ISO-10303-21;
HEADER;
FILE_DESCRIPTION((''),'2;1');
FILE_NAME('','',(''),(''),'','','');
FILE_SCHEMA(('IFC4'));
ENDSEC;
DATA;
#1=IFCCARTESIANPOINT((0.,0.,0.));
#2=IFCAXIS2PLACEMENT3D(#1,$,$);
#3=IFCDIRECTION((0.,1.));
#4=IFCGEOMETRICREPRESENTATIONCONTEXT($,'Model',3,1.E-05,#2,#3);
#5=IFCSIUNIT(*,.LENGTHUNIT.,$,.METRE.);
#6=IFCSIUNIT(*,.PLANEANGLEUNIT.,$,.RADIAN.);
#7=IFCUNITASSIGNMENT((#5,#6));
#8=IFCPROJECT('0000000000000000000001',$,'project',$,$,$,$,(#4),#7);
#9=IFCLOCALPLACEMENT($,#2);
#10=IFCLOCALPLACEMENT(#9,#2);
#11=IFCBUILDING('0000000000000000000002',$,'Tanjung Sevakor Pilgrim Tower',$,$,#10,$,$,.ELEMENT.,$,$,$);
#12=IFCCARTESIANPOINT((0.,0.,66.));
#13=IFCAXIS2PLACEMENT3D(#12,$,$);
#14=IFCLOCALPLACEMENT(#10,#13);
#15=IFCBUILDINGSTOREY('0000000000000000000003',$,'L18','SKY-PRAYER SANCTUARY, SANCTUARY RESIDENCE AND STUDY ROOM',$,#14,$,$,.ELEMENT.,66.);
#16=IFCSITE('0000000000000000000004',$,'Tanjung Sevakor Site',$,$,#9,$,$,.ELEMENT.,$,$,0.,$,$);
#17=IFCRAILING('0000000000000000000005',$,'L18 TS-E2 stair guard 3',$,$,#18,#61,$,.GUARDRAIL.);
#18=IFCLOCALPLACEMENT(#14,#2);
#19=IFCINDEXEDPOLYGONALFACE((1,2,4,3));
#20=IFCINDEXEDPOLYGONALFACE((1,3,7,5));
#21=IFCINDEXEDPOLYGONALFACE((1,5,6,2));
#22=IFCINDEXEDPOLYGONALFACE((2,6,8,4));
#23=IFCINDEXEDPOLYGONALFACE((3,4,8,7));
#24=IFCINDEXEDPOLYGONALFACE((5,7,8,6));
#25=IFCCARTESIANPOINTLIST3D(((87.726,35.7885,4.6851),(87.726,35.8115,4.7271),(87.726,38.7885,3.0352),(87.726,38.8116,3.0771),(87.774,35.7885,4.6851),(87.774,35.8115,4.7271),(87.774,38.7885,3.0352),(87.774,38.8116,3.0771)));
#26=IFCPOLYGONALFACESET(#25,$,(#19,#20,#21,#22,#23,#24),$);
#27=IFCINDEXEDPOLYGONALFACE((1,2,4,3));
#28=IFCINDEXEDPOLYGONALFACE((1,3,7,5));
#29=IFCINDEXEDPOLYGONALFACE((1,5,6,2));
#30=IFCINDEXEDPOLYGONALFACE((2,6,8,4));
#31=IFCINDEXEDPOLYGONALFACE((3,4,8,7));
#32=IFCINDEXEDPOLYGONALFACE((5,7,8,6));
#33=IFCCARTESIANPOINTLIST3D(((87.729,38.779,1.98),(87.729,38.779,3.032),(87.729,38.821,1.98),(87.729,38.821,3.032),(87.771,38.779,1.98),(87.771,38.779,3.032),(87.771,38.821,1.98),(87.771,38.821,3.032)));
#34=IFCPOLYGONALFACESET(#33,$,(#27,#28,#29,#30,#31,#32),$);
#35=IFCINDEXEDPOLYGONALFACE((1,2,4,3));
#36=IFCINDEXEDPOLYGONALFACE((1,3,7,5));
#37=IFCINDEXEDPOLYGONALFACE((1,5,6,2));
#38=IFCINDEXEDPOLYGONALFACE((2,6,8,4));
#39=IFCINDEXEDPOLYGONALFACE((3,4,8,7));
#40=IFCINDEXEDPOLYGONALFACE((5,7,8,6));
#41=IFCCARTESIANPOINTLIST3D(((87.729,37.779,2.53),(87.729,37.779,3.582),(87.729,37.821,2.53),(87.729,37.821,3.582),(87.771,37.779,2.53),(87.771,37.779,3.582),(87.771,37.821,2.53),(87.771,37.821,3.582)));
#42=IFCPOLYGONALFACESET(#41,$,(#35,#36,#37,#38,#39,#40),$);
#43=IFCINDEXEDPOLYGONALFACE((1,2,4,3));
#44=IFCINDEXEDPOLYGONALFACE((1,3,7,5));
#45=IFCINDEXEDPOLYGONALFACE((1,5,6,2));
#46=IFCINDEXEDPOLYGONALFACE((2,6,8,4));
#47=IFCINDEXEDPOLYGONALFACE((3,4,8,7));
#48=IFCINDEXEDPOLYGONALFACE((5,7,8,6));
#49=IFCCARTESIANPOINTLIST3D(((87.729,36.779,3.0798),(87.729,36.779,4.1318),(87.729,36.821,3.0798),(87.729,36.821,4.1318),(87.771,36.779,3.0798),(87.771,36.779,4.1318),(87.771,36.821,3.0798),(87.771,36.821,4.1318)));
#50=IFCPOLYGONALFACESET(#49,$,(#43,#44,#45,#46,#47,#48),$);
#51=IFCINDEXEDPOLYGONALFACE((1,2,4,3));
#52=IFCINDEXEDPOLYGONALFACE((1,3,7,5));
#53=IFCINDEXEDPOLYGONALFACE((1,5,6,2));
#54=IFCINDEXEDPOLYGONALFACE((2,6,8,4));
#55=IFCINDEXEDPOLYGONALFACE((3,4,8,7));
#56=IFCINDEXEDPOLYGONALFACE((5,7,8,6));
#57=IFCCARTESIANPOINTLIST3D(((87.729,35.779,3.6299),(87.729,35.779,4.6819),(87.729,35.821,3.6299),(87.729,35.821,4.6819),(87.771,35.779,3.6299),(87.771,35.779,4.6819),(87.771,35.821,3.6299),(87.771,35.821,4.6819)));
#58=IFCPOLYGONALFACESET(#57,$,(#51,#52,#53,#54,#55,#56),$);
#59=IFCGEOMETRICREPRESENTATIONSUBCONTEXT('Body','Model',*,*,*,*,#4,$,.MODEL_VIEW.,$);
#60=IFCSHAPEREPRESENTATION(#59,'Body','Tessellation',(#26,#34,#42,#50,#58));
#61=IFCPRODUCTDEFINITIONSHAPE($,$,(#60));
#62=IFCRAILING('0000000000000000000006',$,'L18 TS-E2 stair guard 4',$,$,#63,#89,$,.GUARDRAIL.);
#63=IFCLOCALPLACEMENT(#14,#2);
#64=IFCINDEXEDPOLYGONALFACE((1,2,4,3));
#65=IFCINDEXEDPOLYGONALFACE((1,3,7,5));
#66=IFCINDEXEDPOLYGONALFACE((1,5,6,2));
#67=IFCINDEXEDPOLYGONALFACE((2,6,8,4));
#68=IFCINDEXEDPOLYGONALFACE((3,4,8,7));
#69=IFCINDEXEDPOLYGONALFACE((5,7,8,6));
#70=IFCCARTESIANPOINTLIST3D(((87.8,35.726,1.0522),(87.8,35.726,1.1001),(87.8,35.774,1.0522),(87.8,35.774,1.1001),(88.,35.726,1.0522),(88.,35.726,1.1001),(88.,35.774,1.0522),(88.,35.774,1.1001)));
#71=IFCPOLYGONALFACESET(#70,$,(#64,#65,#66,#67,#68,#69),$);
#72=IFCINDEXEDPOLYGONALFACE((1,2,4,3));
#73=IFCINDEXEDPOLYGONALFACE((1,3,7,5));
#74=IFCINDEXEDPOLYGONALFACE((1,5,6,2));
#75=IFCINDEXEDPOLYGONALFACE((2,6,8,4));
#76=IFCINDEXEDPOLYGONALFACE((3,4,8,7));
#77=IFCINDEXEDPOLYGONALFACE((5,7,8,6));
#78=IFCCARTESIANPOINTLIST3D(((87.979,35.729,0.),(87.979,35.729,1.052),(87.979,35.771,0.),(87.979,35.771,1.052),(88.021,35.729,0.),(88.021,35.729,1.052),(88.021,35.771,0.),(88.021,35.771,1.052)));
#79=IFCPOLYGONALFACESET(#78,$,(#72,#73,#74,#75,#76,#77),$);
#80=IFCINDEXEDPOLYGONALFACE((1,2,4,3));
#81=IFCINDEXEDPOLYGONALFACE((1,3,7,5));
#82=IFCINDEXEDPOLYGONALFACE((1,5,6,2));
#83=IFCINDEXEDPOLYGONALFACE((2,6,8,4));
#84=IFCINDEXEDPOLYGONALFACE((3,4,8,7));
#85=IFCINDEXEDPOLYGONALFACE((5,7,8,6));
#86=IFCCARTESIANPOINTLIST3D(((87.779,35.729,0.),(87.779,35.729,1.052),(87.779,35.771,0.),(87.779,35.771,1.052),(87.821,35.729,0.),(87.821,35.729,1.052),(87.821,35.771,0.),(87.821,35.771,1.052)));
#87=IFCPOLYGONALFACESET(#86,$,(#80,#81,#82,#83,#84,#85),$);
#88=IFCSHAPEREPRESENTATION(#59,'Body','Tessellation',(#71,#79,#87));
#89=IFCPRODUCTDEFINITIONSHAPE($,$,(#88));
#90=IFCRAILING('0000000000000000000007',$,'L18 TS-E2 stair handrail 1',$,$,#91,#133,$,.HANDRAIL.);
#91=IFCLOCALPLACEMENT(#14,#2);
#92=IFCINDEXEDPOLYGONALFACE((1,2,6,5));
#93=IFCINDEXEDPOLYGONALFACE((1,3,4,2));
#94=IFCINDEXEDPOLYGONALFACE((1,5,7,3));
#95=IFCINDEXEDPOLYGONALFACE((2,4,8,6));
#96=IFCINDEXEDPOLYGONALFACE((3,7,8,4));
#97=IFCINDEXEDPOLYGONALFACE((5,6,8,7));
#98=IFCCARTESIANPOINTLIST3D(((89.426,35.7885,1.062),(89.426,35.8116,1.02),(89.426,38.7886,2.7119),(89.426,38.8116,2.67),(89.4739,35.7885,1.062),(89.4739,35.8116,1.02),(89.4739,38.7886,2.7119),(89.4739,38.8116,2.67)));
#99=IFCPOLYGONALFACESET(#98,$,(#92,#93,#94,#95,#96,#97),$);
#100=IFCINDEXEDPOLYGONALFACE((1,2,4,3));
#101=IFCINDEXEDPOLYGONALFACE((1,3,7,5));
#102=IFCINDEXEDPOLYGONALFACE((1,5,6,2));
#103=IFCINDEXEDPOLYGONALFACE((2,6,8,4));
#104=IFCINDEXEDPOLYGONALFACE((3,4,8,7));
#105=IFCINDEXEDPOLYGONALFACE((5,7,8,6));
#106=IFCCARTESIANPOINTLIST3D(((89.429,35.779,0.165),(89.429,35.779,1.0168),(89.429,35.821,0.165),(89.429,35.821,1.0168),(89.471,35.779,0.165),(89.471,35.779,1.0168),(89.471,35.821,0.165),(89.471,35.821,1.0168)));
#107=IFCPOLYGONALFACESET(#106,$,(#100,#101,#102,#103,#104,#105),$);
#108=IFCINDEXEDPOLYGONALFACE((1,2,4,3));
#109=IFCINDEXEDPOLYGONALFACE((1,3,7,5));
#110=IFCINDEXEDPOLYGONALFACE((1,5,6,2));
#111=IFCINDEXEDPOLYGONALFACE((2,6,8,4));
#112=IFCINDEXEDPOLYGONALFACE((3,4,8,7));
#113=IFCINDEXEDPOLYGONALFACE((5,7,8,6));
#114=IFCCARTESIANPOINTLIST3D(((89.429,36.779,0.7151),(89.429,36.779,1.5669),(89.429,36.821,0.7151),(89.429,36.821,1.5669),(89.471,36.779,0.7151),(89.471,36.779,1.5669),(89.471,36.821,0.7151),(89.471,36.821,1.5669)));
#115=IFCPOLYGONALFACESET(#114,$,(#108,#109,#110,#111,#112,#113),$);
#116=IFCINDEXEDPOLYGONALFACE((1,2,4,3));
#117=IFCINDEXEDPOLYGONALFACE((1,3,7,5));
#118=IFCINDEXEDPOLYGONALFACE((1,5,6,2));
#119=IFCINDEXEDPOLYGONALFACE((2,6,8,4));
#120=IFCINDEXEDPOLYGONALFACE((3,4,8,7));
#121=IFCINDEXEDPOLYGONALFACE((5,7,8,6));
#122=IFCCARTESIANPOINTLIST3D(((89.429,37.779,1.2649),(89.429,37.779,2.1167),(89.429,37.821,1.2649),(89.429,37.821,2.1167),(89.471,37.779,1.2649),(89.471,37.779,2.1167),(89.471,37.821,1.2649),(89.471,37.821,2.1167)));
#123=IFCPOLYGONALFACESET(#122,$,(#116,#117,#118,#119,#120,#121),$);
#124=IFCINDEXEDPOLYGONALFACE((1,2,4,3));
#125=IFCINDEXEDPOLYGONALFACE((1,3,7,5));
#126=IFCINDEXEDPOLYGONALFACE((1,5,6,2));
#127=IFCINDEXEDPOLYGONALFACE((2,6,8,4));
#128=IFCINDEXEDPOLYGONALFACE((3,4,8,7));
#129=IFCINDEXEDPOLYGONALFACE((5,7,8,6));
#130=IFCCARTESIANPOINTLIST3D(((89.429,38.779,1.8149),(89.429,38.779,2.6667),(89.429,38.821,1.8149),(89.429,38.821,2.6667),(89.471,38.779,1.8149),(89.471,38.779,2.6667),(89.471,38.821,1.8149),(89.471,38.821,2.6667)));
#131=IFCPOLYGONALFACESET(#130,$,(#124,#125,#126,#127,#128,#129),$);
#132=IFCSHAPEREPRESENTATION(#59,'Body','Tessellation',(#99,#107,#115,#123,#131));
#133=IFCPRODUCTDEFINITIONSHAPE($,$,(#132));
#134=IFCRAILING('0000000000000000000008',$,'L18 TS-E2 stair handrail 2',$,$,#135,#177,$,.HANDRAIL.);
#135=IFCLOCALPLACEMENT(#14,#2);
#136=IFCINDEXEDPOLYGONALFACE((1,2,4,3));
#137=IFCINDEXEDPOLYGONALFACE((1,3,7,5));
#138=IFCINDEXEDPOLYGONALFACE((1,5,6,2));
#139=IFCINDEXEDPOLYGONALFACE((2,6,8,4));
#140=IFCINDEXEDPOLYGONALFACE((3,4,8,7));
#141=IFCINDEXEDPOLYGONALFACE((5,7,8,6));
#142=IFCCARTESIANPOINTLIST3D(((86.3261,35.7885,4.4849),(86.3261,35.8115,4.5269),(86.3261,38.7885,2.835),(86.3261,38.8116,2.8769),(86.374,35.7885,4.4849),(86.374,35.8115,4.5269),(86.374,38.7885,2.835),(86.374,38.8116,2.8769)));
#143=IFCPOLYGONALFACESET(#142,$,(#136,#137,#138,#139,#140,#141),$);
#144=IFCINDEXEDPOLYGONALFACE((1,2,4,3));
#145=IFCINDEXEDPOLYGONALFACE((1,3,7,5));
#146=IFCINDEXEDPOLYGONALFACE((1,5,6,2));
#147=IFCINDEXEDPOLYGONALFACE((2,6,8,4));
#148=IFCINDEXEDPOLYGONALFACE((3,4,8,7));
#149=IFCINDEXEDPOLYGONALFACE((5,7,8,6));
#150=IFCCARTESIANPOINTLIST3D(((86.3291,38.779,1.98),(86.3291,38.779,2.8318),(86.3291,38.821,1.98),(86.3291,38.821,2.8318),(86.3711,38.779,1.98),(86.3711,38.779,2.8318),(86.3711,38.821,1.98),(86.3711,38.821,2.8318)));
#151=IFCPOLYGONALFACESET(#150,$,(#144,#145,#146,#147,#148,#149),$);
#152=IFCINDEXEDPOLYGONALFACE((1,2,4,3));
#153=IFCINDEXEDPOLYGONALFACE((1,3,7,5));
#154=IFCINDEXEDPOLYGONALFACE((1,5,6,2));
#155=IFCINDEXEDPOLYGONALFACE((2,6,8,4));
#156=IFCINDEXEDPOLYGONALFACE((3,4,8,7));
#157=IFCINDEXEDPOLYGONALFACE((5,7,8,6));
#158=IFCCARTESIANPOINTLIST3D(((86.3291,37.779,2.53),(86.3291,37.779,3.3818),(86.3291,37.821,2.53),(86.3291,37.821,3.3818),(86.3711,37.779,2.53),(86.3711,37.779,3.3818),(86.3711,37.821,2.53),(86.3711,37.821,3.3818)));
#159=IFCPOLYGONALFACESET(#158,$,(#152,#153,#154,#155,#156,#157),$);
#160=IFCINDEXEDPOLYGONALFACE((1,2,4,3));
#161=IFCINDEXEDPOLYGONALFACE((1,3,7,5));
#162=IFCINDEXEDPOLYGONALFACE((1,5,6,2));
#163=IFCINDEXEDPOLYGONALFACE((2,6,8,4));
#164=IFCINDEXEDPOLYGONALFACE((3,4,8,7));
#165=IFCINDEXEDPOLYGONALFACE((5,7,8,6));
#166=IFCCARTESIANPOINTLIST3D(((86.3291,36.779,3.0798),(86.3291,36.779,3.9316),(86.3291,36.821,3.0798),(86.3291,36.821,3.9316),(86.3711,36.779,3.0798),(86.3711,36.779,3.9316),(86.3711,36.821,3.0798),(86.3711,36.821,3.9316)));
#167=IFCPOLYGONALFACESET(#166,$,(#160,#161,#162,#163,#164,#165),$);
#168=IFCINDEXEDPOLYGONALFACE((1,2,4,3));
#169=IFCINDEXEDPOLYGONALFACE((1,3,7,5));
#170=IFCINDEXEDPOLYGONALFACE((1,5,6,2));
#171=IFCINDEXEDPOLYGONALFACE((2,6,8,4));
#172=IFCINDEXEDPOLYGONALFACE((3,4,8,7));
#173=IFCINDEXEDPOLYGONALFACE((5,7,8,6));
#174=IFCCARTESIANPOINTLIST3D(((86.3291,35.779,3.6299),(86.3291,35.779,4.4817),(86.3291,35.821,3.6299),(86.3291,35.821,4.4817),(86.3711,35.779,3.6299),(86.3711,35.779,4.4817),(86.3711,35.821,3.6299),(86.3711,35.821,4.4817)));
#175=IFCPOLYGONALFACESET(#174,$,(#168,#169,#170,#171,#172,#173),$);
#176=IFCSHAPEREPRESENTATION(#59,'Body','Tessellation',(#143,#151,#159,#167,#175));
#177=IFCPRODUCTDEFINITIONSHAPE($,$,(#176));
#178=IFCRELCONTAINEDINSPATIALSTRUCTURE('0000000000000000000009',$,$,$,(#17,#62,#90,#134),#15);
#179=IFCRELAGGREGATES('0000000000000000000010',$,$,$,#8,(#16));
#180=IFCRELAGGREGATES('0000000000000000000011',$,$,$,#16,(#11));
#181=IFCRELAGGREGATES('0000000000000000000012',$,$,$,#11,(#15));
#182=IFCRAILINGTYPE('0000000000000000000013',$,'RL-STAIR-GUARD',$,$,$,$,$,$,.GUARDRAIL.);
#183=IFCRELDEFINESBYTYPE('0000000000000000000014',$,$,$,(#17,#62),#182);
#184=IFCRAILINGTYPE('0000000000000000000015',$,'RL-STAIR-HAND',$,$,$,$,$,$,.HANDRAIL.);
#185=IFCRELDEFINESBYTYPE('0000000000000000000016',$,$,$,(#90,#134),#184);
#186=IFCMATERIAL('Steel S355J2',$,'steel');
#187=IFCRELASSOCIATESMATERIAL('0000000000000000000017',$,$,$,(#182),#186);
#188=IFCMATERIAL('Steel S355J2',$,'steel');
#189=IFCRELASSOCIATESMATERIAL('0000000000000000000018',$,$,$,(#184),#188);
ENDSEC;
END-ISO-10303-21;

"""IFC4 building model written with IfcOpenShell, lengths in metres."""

from ifc_helpers import new_model, si_unit, direction, frame, origin, place, context, subcontext, project, spatial, rectangle, extrude, material, type_object, element, save


model = new_model("IFC4")

# Units and contexts
model_context = context("Model", 3, precision=1e-05, world=origin(), true_north=direction((0.0, 1.0)))
body_context = subcontext(model_context, "Body", "Model", "MODEL_VIEW")
ifc_project = project(units=[si_unit("LENGTHUNIT", "METRE"), si_unit("PLANEANGLEUNIT", "RADIAN")], contexts=[model_context])

# Site, building, storey
site_placement = place(None, origin())
site = spatial("IfcSite", under=ifc_project, at=site_placement, Name="Tanjung Sevakor Site", CompositionType="ELEMENT", RefElevation=0.0)
building_placement = place(site_placement, origin())
building = spatial("IfcBuilding", under=site, at=building_placement, Name="Tanjung Sevakor Pilgrim Tower", CompositionType="ELEMENT")
storey_placement = place(building_placement, frame((0.0, 0.0, 66.0)))
storey = spatial("IfcBuildingStorey", under=building, at=storey_placement, Name="L18", Description="SKY-PRAYER SANCTUARY, SANCTUARY RESIDENCE AND STUDY ROOM", CompositionType="ELEMENT", Elevation=66.0)

# Railings
ifc_material_1 = material(Name="Steel S355J2", Category="steel")
railing_type_1 = type_object("IfcRailingType", Name="RL-STAIR-GUARD", PredefinedType="GUARDRAIL", material=ifc_material_1)
railing_1_placement = place(storey_placement, frame((87.75, 38.8, 1.98)))
element("IfcRailing", 1, at=railing_1_placement, inside=storey, type_object=railing_type_1, Name="L18 TS-E2 stair guard 3", PredefinedType="GUARDRAIL", context=body_context, shape_type="SweptSolid", body=[
    extrude(rectangle(XDim=0.0479, YDim=0.0479), frame((0.0, 0.0, 1.0762), z_axis=(0.0, -0.876228, 0.481897), x_axis=(1.0, 0.0, 0.0)), (0.0, 0.0, 1.0), 3.4238),
    extrude(rectangle(XDim=0.042, YDim=0.042), origin(), (0.0, 0.0, 1.0), 1.052),
    extrude(rectangle(XDim=0.042, YDim=0.042), frame((0.0, -1.0, 0.55)), (0.0, 0.0, 1.0), 1.052),
    extrude(rectangle(XDim=0.042, YDim=0.042), frame((0.0, -2.0, 1.0999)), (0.0, 0.0, 1.0), 1.052),
    extrude(rectangle(XDim=0.042, YDim=0.042), frame((0.0, -3.0, 1.6499)), (0.0, 0.0, 1.0), 1.052),
])
railing_2_placement = place(storey_placement, frame((88.0, 35.75, 0.0)))
element("IfcRailing", 2, at=railing_2_placement, inside=storey, type_object=railing_type_1, Name="L18 TS-E2 stair guard 4", PredefinedType="GUARDRAIL", context=body_context, shape_type="SweptSolid", body=[
    extrude(rectangle(XDim=0.0479, YDim=0.0479), frame((0.0, 0.0, 1.0762), z_axis=(-1.0, 0.0, 0.0), x_axis=(0.0, -1.0, 0.0)), (0.0, 0.0, 1.0), 0.2),
    extrude(rectangle(XDim=0.042, YDim=0.042), origin(), (0.0, 0.0, 1.0), 1.052),
    extrude(rectangle(XDim=0.042, YDim=0.042), frame((-0.2, 0.0, 0.0)), (0.0, 0.0, 1.0), 1.052),
])
ifc_material_2 = material(Name="Steel S355J2", Category="steel")
railing_type_2 = type_object("IfcRailingType", Name="RL-STAIR-HAND", PredefinedType="HANDRAIL", material=ifc_material_2)
railing_3_placement = place(storey_placement, frame((89.45, 35.8, 0.165)))
element("IfcRailing", 3, at=railing_3_placement, inside=storey, type_object=railing_type_2, Name="L18 TS-E2 stair handrail 1", PredefinedType="HANDRAIL", context=body_context, shape_type="SweptSolid", body=[
    extrude(rectangle(XDim=0.0479, YDim=0.0479), frame((0.0, 0.0, 0.876), z_axis=(0.0, 0.876228, 0.481897), x_axis=(-1.0, 0.0, 0.0)), (0.0, 0.0, 1.0), 3.4238),
    extrude(rectangle(XDim=0.042, YDim=0.042), origin(), (0.0, 0.0, 1.0), 0.8518),
    extrude(rectangle(XDim=0.042, YDim=0.042), frame((0.0, 1.0, 0.55)), (0.0, 0.0, 1.0), 0.8518),
    extrude(rectangle(XDim=0.042, YDim=0.042), frame((0.0, 2.0, 1.0999)), (0.0, 0.0, 1.0), 0.8518),
    extrude(rectangle(XDim=0.042, YDim=0.042), frame((0.0, 3.0, 1.6499)), (0.0, 0.0, 1.0), 0.8518),
])
railing_4_placement = place(storey_placement, frame((86.3501, 38.8, 1.98)))
element("IfcRailing", 4, at=railing_4_placement, inside=storey, type_object=railing_type_2, Name="L18 TS-E2 stair handrail 2", PredefinedType="HANDRAIL", context=body_context, shape_type="SweptSolid", body=[
    extrude(rectangle(XDim=0.0479, YDim=0.0479), frame((0.0, 0.0, 0.876), z_axis=(0.0, -0.876228, 0.481897), x_axis=(1.0, 0.0, 0.0)), (0.0, 0.0, 1.0), 3.4238),
    extrude(rectangle(XDim=0.042, YDim=0.042), origin(), (0.0, 0.0, 1.0), 0.8518),
    extrude(rectangle(XDim=0.042, YDim=0.042), frame((0.0, -1.0, 0.55)), (0.0, 0.0, 1.0), 0.8518),
    extrude(rectangle(XDim=0.042, YDim=0.042), frame((0.0, -2.0, 1.0999)), (0.0, 0.0, 1.0), 0.8518),
    extrude(rectangle(XDim=0.042, YDim=0.042), frame((0.0, -3.0, 1.6499)), (0.0, 0.0, 1.0), 0.8518),
])

save(model, "model.ifc")
